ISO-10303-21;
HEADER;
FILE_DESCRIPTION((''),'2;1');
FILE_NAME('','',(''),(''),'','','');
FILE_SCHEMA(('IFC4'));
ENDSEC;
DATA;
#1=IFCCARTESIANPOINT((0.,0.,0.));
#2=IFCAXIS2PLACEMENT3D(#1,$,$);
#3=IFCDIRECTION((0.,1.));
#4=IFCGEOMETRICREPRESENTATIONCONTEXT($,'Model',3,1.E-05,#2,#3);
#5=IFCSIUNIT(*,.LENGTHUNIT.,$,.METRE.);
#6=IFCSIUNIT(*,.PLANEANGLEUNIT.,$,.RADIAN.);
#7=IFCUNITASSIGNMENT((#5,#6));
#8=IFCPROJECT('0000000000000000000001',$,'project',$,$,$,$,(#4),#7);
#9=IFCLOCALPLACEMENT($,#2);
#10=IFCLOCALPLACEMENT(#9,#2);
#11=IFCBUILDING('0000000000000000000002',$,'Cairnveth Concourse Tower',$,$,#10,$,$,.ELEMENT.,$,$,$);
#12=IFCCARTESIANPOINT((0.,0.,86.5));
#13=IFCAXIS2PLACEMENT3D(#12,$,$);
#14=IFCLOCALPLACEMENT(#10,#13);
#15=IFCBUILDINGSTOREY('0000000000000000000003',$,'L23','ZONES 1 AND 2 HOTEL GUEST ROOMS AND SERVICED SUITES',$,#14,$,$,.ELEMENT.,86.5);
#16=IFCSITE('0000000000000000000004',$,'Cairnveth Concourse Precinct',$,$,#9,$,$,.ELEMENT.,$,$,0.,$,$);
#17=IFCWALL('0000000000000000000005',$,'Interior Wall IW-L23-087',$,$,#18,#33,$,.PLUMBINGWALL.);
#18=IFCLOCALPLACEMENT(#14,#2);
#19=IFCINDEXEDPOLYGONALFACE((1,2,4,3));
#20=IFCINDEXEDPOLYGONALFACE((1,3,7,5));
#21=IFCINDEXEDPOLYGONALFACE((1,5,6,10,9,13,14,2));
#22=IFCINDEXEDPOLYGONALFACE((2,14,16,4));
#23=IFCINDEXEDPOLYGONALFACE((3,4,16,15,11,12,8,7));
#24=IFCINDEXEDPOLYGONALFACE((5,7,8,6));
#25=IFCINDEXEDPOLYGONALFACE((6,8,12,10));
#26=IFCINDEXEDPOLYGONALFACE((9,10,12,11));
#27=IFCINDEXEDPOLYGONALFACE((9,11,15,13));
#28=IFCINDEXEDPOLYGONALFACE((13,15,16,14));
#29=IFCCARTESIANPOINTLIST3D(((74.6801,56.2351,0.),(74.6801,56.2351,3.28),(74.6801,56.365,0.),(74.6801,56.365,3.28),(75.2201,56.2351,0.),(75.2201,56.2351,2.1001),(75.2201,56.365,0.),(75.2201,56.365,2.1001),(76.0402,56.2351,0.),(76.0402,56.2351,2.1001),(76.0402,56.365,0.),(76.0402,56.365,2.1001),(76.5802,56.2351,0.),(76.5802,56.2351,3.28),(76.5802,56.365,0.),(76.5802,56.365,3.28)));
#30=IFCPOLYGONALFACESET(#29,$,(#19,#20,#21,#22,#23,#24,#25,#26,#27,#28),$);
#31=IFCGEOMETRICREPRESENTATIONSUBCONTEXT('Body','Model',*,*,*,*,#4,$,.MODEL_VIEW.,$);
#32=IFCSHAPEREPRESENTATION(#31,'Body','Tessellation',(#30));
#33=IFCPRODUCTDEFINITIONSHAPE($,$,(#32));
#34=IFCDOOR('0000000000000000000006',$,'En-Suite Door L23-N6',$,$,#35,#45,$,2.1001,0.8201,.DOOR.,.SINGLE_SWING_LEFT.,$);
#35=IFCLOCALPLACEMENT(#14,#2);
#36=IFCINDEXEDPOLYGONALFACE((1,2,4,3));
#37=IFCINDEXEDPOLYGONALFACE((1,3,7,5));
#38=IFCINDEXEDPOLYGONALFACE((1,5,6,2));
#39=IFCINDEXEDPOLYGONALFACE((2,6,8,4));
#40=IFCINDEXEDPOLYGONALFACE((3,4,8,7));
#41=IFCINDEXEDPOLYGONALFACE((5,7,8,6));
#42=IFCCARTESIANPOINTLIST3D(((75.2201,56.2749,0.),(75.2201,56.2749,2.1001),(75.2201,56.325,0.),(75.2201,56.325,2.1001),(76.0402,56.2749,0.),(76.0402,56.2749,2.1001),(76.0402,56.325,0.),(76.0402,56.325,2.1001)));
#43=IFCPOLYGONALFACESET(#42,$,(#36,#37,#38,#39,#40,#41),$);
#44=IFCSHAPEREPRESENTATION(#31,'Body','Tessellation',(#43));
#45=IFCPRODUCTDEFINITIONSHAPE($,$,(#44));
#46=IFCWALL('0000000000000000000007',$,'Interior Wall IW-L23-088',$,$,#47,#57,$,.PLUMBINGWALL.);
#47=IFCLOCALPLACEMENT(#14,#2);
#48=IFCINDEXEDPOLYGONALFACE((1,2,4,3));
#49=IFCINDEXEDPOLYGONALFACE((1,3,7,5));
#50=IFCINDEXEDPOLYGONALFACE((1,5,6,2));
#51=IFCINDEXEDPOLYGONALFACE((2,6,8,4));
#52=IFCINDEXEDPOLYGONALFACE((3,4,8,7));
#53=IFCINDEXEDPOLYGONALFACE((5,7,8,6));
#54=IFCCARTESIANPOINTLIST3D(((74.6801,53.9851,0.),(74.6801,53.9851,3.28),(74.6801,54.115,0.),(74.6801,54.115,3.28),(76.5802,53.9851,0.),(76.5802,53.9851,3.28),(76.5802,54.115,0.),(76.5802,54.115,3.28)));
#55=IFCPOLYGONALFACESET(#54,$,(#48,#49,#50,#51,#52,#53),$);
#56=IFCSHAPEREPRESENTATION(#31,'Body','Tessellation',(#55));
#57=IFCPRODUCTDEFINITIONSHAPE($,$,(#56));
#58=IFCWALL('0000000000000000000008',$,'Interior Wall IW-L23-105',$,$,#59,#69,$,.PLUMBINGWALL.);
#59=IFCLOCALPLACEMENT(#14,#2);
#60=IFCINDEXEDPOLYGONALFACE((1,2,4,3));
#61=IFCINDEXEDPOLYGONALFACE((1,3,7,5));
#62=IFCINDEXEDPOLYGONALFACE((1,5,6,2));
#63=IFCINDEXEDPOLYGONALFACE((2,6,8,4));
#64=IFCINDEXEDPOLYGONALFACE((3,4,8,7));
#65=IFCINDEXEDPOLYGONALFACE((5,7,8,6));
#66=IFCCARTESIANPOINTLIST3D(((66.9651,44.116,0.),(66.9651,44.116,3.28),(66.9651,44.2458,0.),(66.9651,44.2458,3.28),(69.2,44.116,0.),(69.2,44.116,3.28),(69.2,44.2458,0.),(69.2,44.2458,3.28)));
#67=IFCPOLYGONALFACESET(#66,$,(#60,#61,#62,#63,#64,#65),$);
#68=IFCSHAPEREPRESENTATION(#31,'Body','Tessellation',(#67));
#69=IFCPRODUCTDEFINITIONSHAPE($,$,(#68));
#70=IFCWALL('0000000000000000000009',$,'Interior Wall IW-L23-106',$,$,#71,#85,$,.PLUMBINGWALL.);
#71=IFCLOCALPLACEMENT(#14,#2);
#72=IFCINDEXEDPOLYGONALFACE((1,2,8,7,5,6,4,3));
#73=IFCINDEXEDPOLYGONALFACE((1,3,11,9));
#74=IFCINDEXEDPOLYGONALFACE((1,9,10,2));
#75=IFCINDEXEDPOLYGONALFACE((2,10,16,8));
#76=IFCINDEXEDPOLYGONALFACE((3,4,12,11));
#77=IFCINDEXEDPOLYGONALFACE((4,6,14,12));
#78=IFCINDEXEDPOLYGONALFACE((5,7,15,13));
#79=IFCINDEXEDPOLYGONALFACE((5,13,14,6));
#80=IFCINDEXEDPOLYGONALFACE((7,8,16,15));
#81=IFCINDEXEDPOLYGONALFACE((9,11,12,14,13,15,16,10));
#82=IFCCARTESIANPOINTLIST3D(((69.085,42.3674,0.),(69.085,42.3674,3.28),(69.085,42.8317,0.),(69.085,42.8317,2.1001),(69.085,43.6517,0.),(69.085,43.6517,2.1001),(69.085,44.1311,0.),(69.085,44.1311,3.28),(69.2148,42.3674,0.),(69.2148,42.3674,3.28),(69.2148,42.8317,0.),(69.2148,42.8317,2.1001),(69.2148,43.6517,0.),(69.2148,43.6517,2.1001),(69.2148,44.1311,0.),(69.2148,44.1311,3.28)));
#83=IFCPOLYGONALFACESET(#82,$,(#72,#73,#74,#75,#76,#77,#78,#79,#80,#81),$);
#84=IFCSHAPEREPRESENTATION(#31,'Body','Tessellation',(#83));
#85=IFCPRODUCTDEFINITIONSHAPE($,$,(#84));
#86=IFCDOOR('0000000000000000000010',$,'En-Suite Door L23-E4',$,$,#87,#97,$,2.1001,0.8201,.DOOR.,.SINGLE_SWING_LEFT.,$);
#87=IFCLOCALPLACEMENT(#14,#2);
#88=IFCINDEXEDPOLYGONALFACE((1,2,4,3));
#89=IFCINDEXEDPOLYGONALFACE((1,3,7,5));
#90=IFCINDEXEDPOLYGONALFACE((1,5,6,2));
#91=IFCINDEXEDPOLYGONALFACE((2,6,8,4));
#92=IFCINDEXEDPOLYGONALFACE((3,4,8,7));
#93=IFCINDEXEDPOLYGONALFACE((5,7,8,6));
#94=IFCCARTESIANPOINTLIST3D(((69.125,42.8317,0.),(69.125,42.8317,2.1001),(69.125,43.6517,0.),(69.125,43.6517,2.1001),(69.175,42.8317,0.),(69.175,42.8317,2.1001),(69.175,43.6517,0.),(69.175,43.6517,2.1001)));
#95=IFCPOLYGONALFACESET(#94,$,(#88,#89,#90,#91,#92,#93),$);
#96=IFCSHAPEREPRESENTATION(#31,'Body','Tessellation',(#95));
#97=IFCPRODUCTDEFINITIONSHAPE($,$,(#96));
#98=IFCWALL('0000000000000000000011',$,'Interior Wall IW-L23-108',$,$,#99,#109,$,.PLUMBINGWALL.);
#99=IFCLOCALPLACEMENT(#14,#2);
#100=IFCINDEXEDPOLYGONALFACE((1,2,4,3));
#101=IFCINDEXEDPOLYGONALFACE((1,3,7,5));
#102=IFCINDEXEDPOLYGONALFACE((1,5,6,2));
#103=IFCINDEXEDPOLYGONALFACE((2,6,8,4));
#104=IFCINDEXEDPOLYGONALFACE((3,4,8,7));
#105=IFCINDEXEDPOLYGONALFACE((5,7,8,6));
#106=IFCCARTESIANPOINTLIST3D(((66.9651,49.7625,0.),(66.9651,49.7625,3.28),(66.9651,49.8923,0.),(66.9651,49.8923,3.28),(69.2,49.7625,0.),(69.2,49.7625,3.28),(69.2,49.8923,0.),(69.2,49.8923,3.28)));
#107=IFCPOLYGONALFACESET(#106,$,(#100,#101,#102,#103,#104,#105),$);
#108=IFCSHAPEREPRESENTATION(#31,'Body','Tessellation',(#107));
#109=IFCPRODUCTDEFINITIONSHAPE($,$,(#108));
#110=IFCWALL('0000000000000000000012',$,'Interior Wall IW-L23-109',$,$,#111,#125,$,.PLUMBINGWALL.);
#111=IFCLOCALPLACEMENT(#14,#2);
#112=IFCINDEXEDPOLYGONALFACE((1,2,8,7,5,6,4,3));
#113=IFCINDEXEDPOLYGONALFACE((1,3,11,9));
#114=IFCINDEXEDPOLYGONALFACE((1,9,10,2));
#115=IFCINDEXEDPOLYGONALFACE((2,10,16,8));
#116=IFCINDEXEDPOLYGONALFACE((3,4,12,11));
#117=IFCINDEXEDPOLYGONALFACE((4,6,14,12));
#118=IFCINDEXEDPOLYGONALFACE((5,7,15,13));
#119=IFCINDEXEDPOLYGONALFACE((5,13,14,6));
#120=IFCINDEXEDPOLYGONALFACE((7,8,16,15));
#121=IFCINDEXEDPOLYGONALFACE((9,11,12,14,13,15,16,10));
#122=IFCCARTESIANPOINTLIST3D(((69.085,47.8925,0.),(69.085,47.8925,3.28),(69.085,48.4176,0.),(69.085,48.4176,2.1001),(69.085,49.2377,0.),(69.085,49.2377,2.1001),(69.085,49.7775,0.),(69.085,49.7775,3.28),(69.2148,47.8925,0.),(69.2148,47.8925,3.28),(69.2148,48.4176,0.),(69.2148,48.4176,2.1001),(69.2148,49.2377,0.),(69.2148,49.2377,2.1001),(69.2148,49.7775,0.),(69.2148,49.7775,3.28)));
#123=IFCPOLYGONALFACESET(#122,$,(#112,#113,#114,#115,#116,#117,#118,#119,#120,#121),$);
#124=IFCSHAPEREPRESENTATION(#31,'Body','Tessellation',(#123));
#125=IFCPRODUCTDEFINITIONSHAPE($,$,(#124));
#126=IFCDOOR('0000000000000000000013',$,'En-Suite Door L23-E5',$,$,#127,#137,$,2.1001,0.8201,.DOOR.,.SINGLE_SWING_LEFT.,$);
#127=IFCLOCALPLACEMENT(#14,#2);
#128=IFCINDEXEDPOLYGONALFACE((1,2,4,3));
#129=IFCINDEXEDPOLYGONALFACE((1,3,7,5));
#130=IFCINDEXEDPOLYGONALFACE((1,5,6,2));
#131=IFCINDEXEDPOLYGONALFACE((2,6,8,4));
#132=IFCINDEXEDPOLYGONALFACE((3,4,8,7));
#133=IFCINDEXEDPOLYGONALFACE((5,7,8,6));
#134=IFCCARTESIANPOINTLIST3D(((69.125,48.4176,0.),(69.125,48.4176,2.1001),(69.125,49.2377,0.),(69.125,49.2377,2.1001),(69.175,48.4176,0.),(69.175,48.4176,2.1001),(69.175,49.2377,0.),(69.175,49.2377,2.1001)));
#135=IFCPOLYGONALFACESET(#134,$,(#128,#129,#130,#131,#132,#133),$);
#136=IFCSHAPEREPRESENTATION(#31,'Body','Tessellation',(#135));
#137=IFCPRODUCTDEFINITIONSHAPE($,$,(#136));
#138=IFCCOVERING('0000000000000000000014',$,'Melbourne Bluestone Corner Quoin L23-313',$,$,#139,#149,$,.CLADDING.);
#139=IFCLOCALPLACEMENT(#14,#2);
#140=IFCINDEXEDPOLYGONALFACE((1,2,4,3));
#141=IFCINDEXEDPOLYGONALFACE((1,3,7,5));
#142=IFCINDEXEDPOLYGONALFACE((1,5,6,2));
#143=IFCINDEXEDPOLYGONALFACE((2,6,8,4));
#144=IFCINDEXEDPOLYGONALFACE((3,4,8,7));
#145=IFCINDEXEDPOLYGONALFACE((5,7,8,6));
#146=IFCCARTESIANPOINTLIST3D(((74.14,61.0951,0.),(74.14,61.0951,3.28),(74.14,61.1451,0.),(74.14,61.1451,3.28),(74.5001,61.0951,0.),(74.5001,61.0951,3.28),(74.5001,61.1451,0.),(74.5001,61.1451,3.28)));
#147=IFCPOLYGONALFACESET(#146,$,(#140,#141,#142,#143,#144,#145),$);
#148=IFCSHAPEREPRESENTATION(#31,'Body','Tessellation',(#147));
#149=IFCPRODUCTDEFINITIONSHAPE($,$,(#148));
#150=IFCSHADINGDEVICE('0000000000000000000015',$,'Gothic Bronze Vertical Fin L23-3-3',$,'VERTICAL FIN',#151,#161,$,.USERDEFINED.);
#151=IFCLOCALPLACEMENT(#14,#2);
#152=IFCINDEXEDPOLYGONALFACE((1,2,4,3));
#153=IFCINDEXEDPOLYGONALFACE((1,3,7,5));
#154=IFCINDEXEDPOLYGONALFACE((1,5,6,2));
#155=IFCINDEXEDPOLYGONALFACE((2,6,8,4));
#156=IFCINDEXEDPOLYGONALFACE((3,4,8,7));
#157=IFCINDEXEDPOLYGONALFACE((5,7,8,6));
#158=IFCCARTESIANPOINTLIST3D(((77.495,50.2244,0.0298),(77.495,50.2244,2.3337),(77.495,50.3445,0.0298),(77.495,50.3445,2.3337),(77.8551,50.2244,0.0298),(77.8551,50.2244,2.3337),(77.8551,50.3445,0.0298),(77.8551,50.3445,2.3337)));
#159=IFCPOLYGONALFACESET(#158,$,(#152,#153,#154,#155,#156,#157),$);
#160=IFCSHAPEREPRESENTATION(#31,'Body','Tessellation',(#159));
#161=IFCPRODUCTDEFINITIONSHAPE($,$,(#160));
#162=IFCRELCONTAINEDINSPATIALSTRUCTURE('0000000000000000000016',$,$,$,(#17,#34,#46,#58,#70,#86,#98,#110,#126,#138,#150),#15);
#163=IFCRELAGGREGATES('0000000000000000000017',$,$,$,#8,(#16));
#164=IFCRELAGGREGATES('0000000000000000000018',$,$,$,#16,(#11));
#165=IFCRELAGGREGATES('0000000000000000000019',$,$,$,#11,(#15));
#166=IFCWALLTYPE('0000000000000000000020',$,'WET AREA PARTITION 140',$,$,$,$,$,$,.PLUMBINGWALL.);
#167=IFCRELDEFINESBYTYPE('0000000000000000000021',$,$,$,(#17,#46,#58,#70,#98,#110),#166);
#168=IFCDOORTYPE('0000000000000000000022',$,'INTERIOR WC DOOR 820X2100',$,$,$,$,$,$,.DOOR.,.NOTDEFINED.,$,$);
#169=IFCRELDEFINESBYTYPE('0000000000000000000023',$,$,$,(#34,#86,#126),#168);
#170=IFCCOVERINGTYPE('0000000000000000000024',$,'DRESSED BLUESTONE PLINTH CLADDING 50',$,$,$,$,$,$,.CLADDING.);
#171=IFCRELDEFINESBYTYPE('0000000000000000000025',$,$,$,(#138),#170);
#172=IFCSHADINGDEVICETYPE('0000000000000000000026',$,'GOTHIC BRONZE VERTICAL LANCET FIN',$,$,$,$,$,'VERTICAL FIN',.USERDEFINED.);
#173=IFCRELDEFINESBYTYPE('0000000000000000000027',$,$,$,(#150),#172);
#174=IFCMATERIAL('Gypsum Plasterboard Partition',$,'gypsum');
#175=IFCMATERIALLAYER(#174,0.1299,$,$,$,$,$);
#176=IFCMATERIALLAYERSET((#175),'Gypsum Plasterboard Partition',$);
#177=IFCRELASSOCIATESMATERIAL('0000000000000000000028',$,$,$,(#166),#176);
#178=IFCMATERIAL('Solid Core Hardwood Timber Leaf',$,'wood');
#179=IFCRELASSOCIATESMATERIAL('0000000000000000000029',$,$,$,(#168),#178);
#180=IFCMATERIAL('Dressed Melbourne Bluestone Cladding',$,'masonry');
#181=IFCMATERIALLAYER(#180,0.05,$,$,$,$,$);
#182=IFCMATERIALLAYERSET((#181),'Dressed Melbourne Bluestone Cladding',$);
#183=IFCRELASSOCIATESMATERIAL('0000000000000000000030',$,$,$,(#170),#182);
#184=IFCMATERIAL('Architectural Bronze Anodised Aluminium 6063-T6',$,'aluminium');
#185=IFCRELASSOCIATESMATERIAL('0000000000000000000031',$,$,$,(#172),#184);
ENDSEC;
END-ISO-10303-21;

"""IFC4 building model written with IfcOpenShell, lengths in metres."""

from ifc_helpers import new_model, si_unit, direction, frame, frame_2d, origin, origin_2d, place, context, subcontext, project, spatial, rectangle, extrude, material, layer, layer_set, type_object, element, fill, save


model = new_model("IFC4")

# Units and contexts
model_context = context("Model", 3, precision=1e-05, world=origin(), true_north=direction((0.0, 1.0)))
body_context = subcontext(model_context, "Body", "Model", "MODEL_VIEW")
ifc_project = project(units=[si_unit("LENGTHUNIT", "METRE"), si_unit("PLANEANGLEUNIT", "RADIAN")], contexts=[model_context])

# Site, building, storey
site_placement = place(None, origin())
site = spatial("IfcSite", under=ifc_project, at=site_placement, Name="Cairnveth Concourse Precinct", CompositionType="ELEMENT", RefElevation=0.0)
building_placement = place(site_placement, origin())
building = spatial("IfcBuilding", under=site, at=building_placement, Name="Cairnveth Concourse Tower", CompositionType="ELEMENT")
storey_placement = place(building_placement, frame((0.0, 0.0, 86.5)))
storey = spatial("IfcBuildingStorey", under=building, at=storey_placement, Name="L23", Description="ZONES 1 AND 2 HOTEL GUEST ROOMS AND SERVICED SUITES", CompositionType="ELEMENT", Elevation=86.5)

# Shared definitions
ifc_material_1 = material(Name="Gypsum Plasterboard Partition", Category="gypsum")

# Shared definitions
ifc_material_2 = material(Name="Solid Core Hardwood Timber Leaf", Category="wood")

# Shared definitions
ifc_layer_1 = layer(ifc_material_1, 0.1299)
ifc_layer_set_1 = layer_set([ifc_layer_1], Name="Gypsum Plasterboard Partition")
wall_type_1 = type_object("IfcWallType", Name="WET AREA PARTITION 140", PredefinedType="PLUMBINGWALL", material=ifc_layer_set_1)

# Wall, opening, door
wall_1_placement = place(storey_placement, frame((74.6799, 56.3, 0.0), z_axis=(0.0, 0.0, 1.0), x_axis=(1.0, 0.0, 0.0)))
wall_1 = element("IfcWall", 1, at=wall_1_placement, inside=storey, type_object=wall_type_1, Name="Interior Wall IW-L23-087", PredefinedType="PLUMBINGWALL", context=body_context, shape_type="SweptSolid", body=[
    extrude(rectangle(XDim=1.9001, YDim=0.1299, at=frame_2d((0.9502, 0.0))), origin(), (0.0, 0.0, 1.0), 3.28),
])
opening_1_placement = place(wall_1_placement, frame((0.54, 0.0, 0.0)))
opening_1 = element("IfcOpeningElement", 2, at=opening_1_placement, cuts=wall_1, PredefinedType="OPENING", context=body_context, shape_type="SweptSolid", body=[
    extrude(rectangle(XDim=0.8201, YDim=2.1001, at=frame_2d((0.4102, 1.05))), frame((0.0, 0.075, 0.0), z_axis=(0.0, -1.0, 0.0), x_axis=(1.0, 0.0, 0.0)), (0.0, 0.0, 1.0), 0.1499),
])
door_type_1 = type_object("IfcDoorType", Name="INTERIOR WC DOOR 820X2100", OperationType="NOTDEFINED", PredefinedType="DOOR", material=ifc_material_2)
door_1_placement = place(opening_1_placement, origin())
door_1 = element("IfcDoor", 3, at=door_1_placement, inside=storey, type_object=door_type_1, Name="En-Suite Door L23-N6", OperationType="SINGLE_SWING_LEFT", OverallHeight=2.1001, OverallWidth=0.8201, PredefinedType="DOOR", context=body_context, shape_type="SweptSolid", body=[
    extrude(rectangle(XDim=0.8201, YDim=2.1001, at=frame_2d((0.4102, 1.05))), frame((0.0, 0.0249, 0.0), z_axis=(0.0, -1.0, 0.0), x_axis=(1.0, 0.0, 0.0)), (0.0, 0.0, 1.0), 0.05),
])
fill(opening_1, door_1)

# Walls
wall_2_placement = place(storey_placement, frame((74.6799, 54.05, 0.0), z_axis=(0.0, 0.0, 1.0), x_axis=(1.0, 0.0, 0.0)))
element("IfcWall", 4, at=wall_2_placement, inside=storey, type_object=wall_type_1, Name="Interior Wall IW-L23-088", PredefinedType="PLUMBINGWALL", context=body_context, shape_type="SweptSolid", body=[
    extrude(rectangle(XDim=1.9001, YDim=0.1299, at=frame_2d((0.9502, 0.0))), origin(), (0.0, 0.0, 1.0), 3.28),
])
wall_3_placement = place(storey_placement, frame((66.9651, 44.1809, 0.0), z_axis=(0.0, 0.0, 1.0), x_axis=(1.0, 0.0, 0.0)))
element("IfcWall", 5, at=wall_3_placement, inside=storey, type_object=wall_type_1, Name="Interior Wall IW-L23-105", PredefinedType="PLUMBINGWALL", context=body_context, shape_type="SweptSolid", body=[
    extrude(rectangle(XDim=2.2349, YDim=0.1299, at=frame_2d((1.1174, 0.0))), origin(), (0.0, 0.0, 1.0), 3.28),
])

# Wall, opening, door
wall_4_placement = place(storey_placement, frame((69.1499, 42.3674, 0.0), z_axis=(0.0, 0.0, 1.0), x_axis=(0.0, 1.0, 0.0)))
wall_4 = element("IfcWall", 6, at=wall_4_placement, inside=storey, type_object=wall_type_1, Name="Interior Wall IW-L23-106", PredefinedType="PLUMBINGWALL", context=body_context, shape_type="SweptSolid", body=[
    extrude(rectangle(XDim=1.7637, YDim=0.1299, at=frame_2d((0.8818, 0.0))), origin(), (0.0, 0.0, 1.0), 3.28),
])
opening_2_placement = place(wall_4_placement, frame((0.4641, 0.0, 0.0)))
opening_2 = element("IfcOpeningElement", 7, at=opening_2_placement, cuts=wall_4, PredefinedType="OPENING", context=body_context, shape_type="SweptSolid", body=[
    extrude(rectangle(XDim=0.8201, YDim=2.1001, at=frame_2d((0.4102, 1.05))), frame((0.0, 0.075, 0.0), z_axis=(0.0, -1.0, 0.0), x_axis=(1.0, 0.0, 0.0)), (0.0, 0.0, 1.0), 0.1499),
])
door_2_placement = place(opening_2_placement, origin())
door_2 = element("IfcDoor", 8, at=door_2_placement, inside=storey, type_object=door_type_1, Name="En-Suite Door L23-E4", OperationType="SINGLE_SWING_LEFT", OverallHeight=2.1001, OverallWidth=0.8201, PredefinedType="DOOR", context=body_context, shape_type="SweptSolid", body=[
    extrude(rectangle(XDim=0.8201, YDim=2.1001, at=frame_2d((0.4102, 1.05))), frame((0.0, 0.0249, 0.0), z_axis=(0.0, -1.0, 0.0), x_axis=(1.0, 0.0, 0.0)), (0.0, 0.0, 1.0), 0.05),
])
fill(opening_2, door_2)

# Wall
wall_5_placement = place(storey_placement, frame((66.9651, 49.8274, 0.0), z_axis=(0.0, 0.0, 1.0), x_axis=(1.0, 0.0, 0.0)))
element("IfcWall", 9, at=wall_5_placement, inside=storey, type_object=wall_type_1, Name="Interior Wall IW-L23-108", PredefinedType="PLUMBINGWALL", context=body_context, shape_type="SweptSolid", body=[
    extrude(rectangle(XDim=2.2349, YDim=0.1299, at=frame_2d((1.1174, 0.0))), origin(), (0.0, 0.0, 1.0), 3.28),
])

# Wall, opening, door
wall_6_placement = place(storey_placement, frame((69.1499, 47.8926, 0.0), z_axis=(0.0, 0.0, 1.0), x_axis=(0.0, 1.0, 0.0)))
wall_6 = element("IfcWall", 10, at=wall_6_placement, inside=storey, type_object=wall_type_1, Name="Interior Wall IW-L23-109", PredefinedType="PLUMBINGWALL", context=body_context, shape_type="SweptSolid", body=[
    extrude(rectangle(XDim=1.885, YDim=0.1299, at=frame_2d((0.9424, 0.0))), origin(), (0.0, 0.0, 1.0), 3.28),
])
opening_3_placement = place(wall_6_placement, frame((0.5249, 0.0, 0.0)))
opening_3 = element("IfcOpeningElement", 11, at=opening_3_placement, cuts=wall_6, PredefinedType="OPENING", context=body_context, shape_type="SweptSolid", body=[
    extrude(rectangle(XDim=0.8201, YDim=2.1001, at=frame_2d((0.4102, 1.05))), frame((0.0, 0.075, 0.0), z_axis=(0.0, -1.0, 0.0), x_axis=(1.0, 0.0, 0.0)), (0.0, 0.0, 1.0), 0.1499),
])
door_3_placement = place(opening_3_placement, origin())
door_3 = element("IfcDoor", 12, at=door_3_placement, inside=storey, type_object=door_type_1, Name="En-Suite Door L23-E5", OperationType="SINGLE_SWING_LEFT", OverallHeight=2.1001, OverallWidth=0.8201, PredefinedType="DOOR", context=body_context, shape_type="SweptSolid", body=[
    extrude(rectangle(XDim=0.8201, YDim=2.1001, at=frame_2d((0.4102, 1.05))), frame((0.0, 0.0249, 0.0), z_axis=(0.0, -1.0, 0.0), x_axis=(1.0, 0.0, 0.0)), (0.0, 0.0, 1.0), 0.05),
])
fill(opening_3, door_3)

# Covering
ifc_material_3 = material(Name="Dressed Melbourne Bluestone Cladding", Category="masonry")
ifc_layer_2 = layer(ifc_material_3, 0.05)
ifc_layer_set_2 = layer_set([ifc_layer_2], Name="Dressed Melbourne Bluestone Cladding")
covering_type = type_object("IfcCoveringType", Name="DRESSED BLUESTONE PLINTH CLADDING 50", PredefinedType="CLADDING", material=ifc_layer_set_2)
covering_placement = place(storey_placement, frame((74.1399, 61.1201, 0.0), z_axis=(0.0, 0.0, 1.0), x_axis=(1.0, 0.0, 0.0)))
element("IfcCovering", 13, at=covering_placement, inside=storey, type_object=covering_type, Name="Melbourne Bluestone Corner Quoin L23-313", PredefinedType="CLADDING", context=body_context, shape_type="SweptSolid", body=[
    extrude(rectangle(XDim=0.3601, YDim=0.05, at=frame_2d((0.1802, 0.0))), origin(), (0.0, 0.0, 1.0), 3.28),
])

# Shading device
ifc_material_4 = material(Name="Architectural Bronze Anodised Aluminium 6063-T6", Category="aluminium")
shading_device_type = type_object("IfcShadingDeviceType", Name="GOTHIC BRONZE VERTICAL LANCET FIN", ElementType="VERTICAL FIN", PredefinedType="USERDEFINED", material=ifc_material_4)
shading_device_placement = place(storey_placement, frame((77.675, 50.2844, 0.0298), z_axis=(0.0, 0.0, 1.0), x_axis=(0.0, 1.0, 0.0)))
element("IfcShadingDevice", 14, at=shading_device_placement, inside=storey, type_object=shading_device_type, Name="Gothic Bronze Vertical Fin L23-3-3", ObjectType="VERTICAL FIN", PredefinedType="USERDEFINED", context=body_context, shape_type="SweptSolid", body=[
    extrude(rectangle(XDim=0.1201, YDim=0.3601, at=origin_2d()), origin(), (0.0, 0.0, 1.0), 2.304),
])

save(model, "model.ifc")
